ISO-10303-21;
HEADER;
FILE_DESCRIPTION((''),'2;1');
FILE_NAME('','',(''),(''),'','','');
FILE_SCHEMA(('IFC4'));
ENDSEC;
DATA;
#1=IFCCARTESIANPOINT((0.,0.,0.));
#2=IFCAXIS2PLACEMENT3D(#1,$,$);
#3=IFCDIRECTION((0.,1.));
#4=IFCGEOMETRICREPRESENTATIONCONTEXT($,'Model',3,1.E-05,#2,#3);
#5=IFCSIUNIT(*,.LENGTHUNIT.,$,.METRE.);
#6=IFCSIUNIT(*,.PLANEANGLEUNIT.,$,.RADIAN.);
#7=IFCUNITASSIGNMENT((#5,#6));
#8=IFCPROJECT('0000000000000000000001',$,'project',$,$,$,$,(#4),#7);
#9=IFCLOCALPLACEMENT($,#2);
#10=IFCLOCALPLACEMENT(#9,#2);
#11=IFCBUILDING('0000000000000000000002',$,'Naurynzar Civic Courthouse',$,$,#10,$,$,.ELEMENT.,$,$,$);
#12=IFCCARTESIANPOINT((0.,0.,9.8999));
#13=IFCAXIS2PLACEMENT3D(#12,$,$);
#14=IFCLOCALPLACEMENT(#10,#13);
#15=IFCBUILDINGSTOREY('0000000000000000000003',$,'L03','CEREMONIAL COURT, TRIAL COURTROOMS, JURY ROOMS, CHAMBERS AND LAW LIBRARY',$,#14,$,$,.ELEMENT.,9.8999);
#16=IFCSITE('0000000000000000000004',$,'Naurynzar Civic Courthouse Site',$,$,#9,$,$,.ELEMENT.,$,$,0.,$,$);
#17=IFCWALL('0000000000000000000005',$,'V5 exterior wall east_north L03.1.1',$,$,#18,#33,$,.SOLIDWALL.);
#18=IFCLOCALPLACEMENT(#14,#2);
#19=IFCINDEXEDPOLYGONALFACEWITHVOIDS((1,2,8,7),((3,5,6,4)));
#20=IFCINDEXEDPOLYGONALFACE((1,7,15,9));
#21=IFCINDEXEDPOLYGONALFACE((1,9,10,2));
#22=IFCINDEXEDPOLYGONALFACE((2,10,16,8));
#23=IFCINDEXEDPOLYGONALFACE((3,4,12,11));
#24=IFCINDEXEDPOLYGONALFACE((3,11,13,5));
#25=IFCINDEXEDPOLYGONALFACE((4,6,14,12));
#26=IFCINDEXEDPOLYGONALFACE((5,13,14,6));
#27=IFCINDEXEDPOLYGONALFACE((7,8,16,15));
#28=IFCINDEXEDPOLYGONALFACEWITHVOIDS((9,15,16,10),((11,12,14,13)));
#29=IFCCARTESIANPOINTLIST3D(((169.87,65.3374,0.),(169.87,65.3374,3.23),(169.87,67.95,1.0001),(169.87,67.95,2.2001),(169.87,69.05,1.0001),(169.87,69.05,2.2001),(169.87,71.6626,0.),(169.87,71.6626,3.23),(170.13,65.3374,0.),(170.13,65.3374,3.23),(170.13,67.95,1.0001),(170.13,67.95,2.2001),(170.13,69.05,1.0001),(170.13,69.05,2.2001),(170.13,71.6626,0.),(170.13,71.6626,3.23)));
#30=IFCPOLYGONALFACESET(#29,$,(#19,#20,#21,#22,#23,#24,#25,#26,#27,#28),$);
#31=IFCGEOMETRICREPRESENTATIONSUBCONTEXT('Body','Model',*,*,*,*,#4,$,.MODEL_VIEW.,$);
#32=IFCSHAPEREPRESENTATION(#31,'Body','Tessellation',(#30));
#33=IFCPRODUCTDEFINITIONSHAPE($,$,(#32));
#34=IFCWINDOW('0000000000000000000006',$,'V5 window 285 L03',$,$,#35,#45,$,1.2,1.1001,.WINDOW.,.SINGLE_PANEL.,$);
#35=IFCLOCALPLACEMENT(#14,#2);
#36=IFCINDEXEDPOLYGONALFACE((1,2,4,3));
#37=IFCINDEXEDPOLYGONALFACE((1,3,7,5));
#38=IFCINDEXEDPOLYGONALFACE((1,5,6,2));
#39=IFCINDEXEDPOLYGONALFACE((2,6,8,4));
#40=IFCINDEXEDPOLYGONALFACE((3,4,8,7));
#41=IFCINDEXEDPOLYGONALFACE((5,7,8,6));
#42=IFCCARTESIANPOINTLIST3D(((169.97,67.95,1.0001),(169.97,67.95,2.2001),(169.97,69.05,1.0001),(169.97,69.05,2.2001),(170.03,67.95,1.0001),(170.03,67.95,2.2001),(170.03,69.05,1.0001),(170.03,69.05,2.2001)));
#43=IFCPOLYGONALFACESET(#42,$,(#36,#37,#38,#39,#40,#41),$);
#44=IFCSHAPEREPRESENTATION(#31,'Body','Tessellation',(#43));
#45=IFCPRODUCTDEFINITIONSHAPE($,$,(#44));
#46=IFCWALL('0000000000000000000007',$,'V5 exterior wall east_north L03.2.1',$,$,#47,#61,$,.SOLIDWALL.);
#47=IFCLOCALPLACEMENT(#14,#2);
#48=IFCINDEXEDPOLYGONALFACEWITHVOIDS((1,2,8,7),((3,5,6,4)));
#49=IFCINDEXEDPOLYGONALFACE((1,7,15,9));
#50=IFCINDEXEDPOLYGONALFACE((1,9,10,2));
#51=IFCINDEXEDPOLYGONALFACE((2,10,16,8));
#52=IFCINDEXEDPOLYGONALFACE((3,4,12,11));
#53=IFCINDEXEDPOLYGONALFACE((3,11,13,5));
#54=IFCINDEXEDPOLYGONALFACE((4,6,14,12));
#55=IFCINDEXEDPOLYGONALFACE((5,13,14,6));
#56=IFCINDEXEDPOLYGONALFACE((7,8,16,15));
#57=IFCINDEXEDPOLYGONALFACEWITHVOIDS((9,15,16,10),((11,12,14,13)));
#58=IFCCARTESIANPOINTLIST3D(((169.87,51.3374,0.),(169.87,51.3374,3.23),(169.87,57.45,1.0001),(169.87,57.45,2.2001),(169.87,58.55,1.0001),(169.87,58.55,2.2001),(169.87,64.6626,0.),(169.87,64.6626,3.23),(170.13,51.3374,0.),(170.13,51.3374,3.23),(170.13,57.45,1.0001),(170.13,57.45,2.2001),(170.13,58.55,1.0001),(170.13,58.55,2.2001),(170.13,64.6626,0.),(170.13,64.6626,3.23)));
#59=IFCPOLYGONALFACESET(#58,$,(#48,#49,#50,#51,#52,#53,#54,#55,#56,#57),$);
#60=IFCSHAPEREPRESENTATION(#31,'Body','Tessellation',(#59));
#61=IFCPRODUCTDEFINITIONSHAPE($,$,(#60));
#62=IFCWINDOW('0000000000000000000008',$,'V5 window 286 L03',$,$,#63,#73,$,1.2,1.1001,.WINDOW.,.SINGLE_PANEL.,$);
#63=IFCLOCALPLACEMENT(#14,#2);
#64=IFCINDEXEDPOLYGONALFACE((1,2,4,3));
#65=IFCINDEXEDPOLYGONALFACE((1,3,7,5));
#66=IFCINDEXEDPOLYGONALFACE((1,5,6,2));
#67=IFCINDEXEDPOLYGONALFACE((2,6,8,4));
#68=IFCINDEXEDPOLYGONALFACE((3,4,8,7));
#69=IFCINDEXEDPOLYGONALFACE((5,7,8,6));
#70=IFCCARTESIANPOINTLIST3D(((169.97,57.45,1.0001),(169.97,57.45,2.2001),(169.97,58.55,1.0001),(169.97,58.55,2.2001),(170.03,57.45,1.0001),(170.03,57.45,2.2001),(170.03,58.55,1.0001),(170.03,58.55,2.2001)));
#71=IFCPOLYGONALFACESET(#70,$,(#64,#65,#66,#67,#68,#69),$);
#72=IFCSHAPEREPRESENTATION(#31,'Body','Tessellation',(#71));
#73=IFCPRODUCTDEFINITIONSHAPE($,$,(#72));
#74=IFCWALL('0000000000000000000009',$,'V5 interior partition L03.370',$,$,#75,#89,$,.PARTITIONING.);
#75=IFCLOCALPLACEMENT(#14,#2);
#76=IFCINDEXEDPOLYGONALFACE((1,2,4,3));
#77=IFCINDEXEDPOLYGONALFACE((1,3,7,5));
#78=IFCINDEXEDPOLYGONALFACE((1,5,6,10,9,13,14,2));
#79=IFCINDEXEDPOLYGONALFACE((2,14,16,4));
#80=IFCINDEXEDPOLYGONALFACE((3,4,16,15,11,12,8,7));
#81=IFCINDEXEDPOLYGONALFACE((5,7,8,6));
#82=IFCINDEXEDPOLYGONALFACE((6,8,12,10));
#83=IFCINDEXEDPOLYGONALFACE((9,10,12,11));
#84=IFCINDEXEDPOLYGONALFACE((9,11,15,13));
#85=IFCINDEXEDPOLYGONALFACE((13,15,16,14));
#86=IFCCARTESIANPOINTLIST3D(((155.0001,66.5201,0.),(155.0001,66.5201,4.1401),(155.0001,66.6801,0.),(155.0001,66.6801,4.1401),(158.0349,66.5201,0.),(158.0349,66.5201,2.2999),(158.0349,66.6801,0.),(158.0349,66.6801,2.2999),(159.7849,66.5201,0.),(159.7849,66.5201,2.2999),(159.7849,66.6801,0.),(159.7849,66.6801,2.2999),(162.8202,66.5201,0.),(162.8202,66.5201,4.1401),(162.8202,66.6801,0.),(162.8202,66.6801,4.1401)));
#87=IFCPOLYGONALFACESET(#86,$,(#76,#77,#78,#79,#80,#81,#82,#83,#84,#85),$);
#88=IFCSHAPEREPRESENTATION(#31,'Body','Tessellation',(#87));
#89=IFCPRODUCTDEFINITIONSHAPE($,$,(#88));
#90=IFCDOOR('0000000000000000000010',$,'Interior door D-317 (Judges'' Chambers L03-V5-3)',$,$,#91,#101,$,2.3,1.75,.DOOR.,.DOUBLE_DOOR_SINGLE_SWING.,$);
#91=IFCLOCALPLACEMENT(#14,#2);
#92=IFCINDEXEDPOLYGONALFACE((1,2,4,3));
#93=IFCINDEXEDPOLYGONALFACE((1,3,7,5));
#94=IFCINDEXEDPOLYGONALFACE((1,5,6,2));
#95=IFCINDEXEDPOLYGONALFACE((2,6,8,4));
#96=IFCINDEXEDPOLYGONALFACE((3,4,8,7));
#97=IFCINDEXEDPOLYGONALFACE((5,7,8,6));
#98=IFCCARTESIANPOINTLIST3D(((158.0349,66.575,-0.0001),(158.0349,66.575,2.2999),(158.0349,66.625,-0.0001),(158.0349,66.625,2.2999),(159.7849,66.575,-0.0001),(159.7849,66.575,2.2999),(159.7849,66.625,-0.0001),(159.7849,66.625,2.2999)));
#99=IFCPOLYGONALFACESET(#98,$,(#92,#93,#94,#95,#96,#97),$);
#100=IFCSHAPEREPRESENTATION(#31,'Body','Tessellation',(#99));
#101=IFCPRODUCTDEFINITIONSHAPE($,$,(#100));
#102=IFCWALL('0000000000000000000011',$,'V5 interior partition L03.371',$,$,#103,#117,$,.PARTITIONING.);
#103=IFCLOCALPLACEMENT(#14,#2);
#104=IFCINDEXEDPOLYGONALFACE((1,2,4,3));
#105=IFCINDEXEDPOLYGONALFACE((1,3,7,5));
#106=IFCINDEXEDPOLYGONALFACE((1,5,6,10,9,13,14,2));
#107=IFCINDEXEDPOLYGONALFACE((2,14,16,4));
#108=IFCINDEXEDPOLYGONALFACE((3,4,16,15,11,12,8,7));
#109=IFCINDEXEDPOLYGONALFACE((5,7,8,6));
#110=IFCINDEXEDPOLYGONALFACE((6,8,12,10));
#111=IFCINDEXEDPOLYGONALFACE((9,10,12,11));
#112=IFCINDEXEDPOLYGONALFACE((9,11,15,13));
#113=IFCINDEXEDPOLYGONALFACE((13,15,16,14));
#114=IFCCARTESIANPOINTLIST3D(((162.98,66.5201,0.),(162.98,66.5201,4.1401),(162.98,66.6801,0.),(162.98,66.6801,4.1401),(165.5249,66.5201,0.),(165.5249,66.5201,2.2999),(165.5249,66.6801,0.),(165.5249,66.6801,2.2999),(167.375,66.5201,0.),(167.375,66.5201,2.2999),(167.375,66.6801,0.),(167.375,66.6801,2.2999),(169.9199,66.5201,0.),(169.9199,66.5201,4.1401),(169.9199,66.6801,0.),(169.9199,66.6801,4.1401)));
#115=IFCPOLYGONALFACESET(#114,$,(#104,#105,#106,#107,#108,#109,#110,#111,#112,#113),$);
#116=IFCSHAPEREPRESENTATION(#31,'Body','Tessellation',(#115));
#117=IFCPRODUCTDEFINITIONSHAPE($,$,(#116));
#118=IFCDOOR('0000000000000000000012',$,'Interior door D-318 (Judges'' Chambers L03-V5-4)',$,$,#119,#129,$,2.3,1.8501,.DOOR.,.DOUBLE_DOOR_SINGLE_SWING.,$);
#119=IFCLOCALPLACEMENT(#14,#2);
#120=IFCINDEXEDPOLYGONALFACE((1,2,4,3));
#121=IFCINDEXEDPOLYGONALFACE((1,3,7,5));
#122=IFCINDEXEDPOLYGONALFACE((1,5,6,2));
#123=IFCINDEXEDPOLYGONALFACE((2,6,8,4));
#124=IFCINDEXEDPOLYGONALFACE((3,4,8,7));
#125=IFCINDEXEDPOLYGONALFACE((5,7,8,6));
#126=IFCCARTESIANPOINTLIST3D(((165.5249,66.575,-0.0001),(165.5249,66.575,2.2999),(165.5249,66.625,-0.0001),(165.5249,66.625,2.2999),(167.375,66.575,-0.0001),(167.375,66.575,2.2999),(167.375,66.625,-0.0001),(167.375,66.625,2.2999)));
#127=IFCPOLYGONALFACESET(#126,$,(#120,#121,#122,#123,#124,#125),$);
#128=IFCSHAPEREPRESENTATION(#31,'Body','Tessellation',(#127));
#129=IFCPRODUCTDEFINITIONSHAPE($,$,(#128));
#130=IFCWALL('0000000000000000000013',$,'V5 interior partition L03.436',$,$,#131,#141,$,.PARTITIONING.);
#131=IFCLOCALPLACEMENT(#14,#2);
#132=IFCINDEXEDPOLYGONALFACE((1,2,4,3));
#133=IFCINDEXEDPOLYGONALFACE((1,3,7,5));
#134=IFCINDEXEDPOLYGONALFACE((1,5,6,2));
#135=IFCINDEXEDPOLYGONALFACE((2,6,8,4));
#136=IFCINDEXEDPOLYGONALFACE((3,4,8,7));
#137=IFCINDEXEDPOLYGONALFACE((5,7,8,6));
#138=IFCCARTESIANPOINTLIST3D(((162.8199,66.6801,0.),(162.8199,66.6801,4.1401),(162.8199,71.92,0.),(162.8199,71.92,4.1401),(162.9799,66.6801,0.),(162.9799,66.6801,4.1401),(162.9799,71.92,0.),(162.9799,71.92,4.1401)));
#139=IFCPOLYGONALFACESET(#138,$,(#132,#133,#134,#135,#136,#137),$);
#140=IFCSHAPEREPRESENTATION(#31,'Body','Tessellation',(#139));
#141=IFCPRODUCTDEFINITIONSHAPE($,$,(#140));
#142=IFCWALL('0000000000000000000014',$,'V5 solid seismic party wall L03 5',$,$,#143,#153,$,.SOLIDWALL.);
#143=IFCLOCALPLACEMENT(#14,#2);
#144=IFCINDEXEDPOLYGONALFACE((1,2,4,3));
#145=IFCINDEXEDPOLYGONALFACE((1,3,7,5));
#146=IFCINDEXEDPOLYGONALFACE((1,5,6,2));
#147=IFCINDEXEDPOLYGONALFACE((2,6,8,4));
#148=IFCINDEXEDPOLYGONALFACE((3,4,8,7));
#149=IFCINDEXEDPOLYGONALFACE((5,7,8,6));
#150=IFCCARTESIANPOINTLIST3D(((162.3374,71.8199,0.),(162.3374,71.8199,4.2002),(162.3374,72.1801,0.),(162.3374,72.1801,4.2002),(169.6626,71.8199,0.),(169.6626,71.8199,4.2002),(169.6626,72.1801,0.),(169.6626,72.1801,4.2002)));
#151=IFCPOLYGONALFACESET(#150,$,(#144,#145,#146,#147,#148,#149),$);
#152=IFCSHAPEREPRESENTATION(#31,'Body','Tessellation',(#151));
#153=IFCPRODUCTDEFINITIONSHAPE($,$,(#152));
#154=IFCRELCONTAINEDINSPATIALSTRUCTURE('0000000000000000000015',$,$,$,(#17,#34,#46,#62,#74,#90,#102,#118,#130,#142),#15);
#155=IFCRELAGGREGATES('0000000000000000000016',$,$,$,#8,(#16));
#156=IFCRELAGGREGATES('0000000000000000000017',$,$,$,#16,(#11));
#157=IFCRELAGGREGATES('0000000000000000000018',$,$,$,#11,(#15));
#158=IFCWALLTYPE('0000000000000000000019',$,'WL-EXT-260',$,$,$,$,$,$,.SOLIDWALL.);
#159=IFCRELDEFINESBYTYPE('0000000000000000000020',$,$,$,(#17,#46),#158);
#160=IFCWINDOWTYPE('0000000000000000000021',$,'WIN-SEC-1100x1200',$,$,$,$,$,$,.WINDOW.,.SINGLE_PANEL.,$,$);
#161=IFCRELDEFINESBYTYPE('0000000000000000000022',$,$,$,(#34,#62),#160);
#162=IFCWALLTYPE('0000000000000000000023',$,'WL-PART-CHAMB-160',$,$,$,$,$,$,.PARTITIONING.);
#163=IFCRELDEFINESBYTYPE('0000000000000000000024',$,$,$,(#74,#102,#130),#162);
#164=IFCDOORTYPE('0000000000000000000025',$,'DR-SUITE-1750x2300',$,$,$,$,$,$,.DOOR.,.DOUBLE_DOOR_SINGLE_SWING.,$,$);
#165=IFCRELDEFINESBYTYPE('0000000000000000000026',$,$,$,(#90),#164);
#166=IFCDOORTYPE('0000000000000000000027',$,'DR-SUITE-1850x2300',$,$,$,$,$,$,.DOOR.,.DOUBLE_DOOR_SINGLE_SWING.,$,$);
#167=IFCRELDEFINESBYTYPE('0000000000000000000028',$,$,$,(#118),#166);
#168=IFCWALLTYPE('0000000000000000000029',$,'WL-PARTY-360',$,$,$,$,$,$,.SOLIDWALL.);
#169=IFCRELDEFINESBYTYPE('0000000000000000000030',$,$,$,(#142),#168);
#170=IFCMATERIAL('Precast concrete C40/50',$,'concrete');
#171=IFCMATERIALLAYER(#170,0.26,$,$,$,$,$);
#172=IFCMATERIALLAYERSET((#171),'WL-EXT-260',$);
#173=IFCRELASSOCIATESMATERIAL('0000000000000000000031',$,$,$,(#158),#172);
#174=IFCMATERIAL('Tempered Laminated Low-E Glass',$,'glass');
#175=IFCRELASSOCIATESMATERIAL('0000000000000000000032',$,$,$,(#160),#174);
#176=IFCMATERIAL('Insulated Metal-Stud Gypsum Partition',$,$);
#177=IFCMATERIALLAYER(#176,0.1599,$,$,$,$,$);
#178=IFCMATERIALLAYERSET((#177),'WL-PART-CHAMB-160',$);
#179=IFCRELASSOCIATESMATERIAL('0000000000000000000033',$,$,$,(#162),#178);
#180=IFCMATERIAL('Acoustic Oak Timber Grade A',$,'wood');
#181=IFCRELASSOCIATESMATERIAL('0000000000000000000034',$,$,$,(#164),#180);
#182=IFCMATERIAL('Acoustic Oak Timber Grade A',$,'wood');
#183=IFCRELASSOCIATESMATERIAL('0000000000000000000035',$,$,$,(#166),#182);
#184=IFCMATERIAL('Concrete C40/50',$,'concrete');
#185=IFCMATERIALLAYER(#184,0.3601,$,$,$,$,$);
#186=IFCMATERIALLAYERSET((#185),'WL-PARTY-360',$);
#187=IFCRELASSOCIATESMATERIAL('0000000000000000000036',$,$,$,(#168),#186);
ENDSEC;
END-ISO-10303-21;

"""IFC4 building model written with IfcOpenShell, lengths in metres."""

from ifc_helpers import new_model, si_unit, direction, frame, frame_2d, origin, place, context, subcontext, project, spatial, rectangle, extrude, material, layer, layer_set, type_object, element, fill, save


model = new_model("IFC4")

# Units and contexts
model_context = context("Model", 3, precision=1e-05, world=origin(), true_north=direction((0.0, 1.0)))
body_context = subcontext(model_context, "Body", "Model", "MODEL_VIEW")
ifc_project = project(units=[si_unit("LENGTHUNIT", "METRE"), si_unit("PLANEANGLEUNIT", "RADIAN")], contexts=[model_context])

# Site, building, storey
site_placement = place(None, origin())
site = spatial("IfcSite", under=ifc_project, at=site_placement, Name="Naurynzar Civic Courthouse Site", CompositionType="ELEMENT", RefElevation=0.0)
building_placement = place(site_placement, origin())
building = spatial("IfcBuilding", under=site, at=building_placement, Name="Naurynzar Civic Courthouse", CompositionType="ELEMENT")
storey_placement = place(building_placement, frame((0.0, 0.0, 9.8999)))
storey = spatial("IfcBuildingStorey", under=building, at=storey_placement, Name="L03", Description="CEREMONIAL COURT, TRIAL COURTROOMS, JURY ROOMS, CHAMBERS AND LAW LIBRARY", CompositionType="ELEMENT", Elevation=9.8999)

# Walls, openings, windows
ifc_material_1 = material(Name="Precast concrete C40/50", Category="concrete")
ifc_layer_1 = layer(ifc_material_1, 0.26)
ifc_layer_set_1 = layer_set([ifc_layer_1], Name="WL-EXT-260")
wall_type_1 = type_object("IfcWallType", Name="WL-EXT-260", PredefinedType="SOLIDWALL", material=ifc_layer_set_1)
wall_1_placement = place(storey_placement, frame((170.0, 71.6626, 0.0), z_axis=(0.0, 0.0, 1.0), x_axis=(0.0, -1.0, 0.0)))
wall_1 = element("IfcWall", 1, at=wall_1_placement, inside=storey, type_object=wall_type_1, Name="V5 exterior wall east_north L03.1.1", PredefinedType="SOLIDWALL", context=body_context, shape_type="SweptSolid", body=[
    extrude(rectangle(XDim=6.3252, YDim=0.26, at=frame_2d((3.1626, 0.0))), origin(), (0.0, 0.0, 1.0), 3.23),
])
opening_1_placement = place(wall_1_placement, frame((2.6125, 0.0, 1.0)))
opening_1 = element("IfcOpeningElement", 2, at=opening_1_placement, cuts=wall_1, PredefinedType="OPENING", context=body_context, shape_type="SweptSolid", body=[
    extrude(rectangle(XDim=1.1001, YDim=1.2, at=frame_2d((0.55, 0.6001))), frame((0.0, 0.1399, 0.0), z_axis=(0.0, -1.0, 0.0), x_axis=(1.0, 0.0, 0.0)), (0.0, 0.0, 1.0), 0.28),
])
ifc_material_2 = material(Name="Tempered Laminated Low-E Glass", Category="glass")
window_type = type_object("IfcWindowType", Name="WIN-SEC-1100x1200", PartitioningType="SINGLE_PANEL", PredefinedType="WINDOW", material=ifc_material_2)
window_1_placement = place(opening_1_placement, origin())
window_1 = element("IfcWindow", 3, at=window_1_placement, inside=storey, type_object=window_type, Name="V5 window 285 L03", OverallHeight=1.2, OverallWidth=1.1001, PartitioningType="SINGLE_PANEL", PredefinedType="WINDOW", context=body_context, shape_type="SweptSolid", body=[
    extrude(rectangle(XDim=1.1001, YDim=1.2, at=frame_2d((0.55, 0.6001))), frame((0.0, 0.03, 0.0), z_axis=(0.0, -1.0, 0.0), x_axis=(1.0, 0.0, 0.0)), (0.0, 0.0, 1.0), 0.0601),
])
fill(opening_1, window_1)
wall_2_placement = place(storey_placement, frame((170.0, 64.6626, 0.0), z_axis=(0.0, 0.0, 1.0), x_axis=(0.0, -1.0, 0.0)))
wall_2 = element("IfcWall", 4, at=wall_2_placement, inside=storey, type_object=wall_type_1, Name="V5 exterior wall east_north L03.2.1", PredefinedType="SOLIDWALL", context=body_context, shape_type="SweptSolid", body=[
    extrude(rectangle(XDim=13.3252, YDim=0.26, at=frame_2d((6.6626, 0.0))), origin(), (0.0, 0.0, 1.0), 3.23),
])
opening_2_placement = place(wall_2_placement, frame((6.1125, 0.0, 1.0)))
opening_2 = element("IfcOpeningElement", 5, at=opening_2_placement, cuts=wall_2, PredefinedType="OPENING", context=body_context, shape_type="SweptSolid", body=[
    extrude(rectangle(XDim=1.1001, YDim=1.2, at=frame_2d((0.55, 0.6001))), frame((0.0, 0.1399, 0.0), z_axis=(0.0, -1.0, 0.0), x_axis=(1.0, 0.0, 0.0)), (0.0, 0.0, 1.0), 0.28),
])
window_2_placement = place(opening_2_placement, origin())
window_2 = element("IfcWindow", 6, at=window_2_placement, inside=storey, type_object=window_type, Name="V5 window 286 L03", OverallHeight=1.2, OverallWidth=1.1001, PartitioningType="SINGLE_PANEL", PredefinedType="WINDOW", context=body_context, shape_type="SweptSolid", body=[
    extrude(rectangle(XDim=1.1001, YDim=1.2, at=frame_2d((0.55, 0.6001))), frame((0.0, 0.03, 0.0), z_axis=(0.0, -1.0, 0.0), x_axis=(1.0, 0.0, 0.0)), (0.0, 0.0, 1.0), 0.0601),
])
fill(opening_2, window_2)

# Walls, openings, doors
ifc_material_3 = material(Name="Insulated Metal-Stud Gypsum Partition")
ifc_layer_2 = layer(ifc_material_3, 0.1599)
ifc_layer_set_2 = layer_set([ifc_layer_2], Name="WL-PART-CHAMB-160")
wall_type_2 = type_object("IfcWallType", Name="WL-PART-CHAMB-160", PredefinedType="PARTITIONING", material=ifc_layer_set_2)
wall_3_placement = place(storey_placement, frame((155.0, 66.6001, 0.0), z_axis=(0.0, 0.0, 1.0), x_axis=(1.0, 0.0, 0.0)))
wall_3 = element("IfcWall", 7, at=wall_3_placement, inside=storey, type_object=wall_type_2, Name="V5 interior partition L03.370", PredefinedType="PARTITIONING", context=body_context, shape_type="SweptSolid", body=[
    extrude(rectangle(XDim=7.8201, YDim=0.1599, at=frame_2d((3.9102, 0.0))), origin(), (0.0, 0.0, 1.0), 4.1401),
])
opening_3_placement = place(wall_3_placement, frame((3.0349, 0.0, 0.0)))
opening_3 = element("IfcOpeningElement", 8, at=opening_3_placement, cuts=wall_3, PredefinedType="OPENING", context=body_context, shape_type="SweptSolid", body=[
    extrude(rectangle(XDim=1.75, YDim=2.3, at=frame_2d((0.875, 1.1499))), frame((0.0, 0.0898, 0.0), z_axis=(0.0, -1.0, 0.0), x_axis=(1.0, 0.0, 0.0)), (0.0, 0.0, 1.0), 0.1799),
])
ifc_material_4 = material(Name="Acoustic Oak Timber Grade A", Category="wood")
door_type_1 = type_object("IfcDoorType", Name="DR-SUITE-1750x2300", OperationType="DOUBLE_DOOR_SINGLE_SWING", PredefinedType="DOOR", material=ifc_material_4)
door_1_placement = place(opening_3_placement, origin())
door_1 = element("IfcDoor", 9, at=door_1_placement, inside=storey, type_object=door_type_1, Name="Interior door D-317 (Judges' Chambers L03-V5-3)", OperationType="DOUBLE_DOOR_SINGLE_SWING", OverallHeight=2.3, OverallWidth=1.75, PredefinedType="DOOR", context=body_context, shape_type="SweptSolid", body=[
    extrude(rectangle(XDim=1.75, YDim=2.3, at=frame_2d((0.875, 1.1499))), frame((0.0, 0.0249, 0.0), z_axis=(0.0, -1.0, 0.0), x_axis=(1.0, 0.0, 0.0)), (0.0, 0.0, 1.0), 0.05),
])
fill(opening_3, door_1)
wall_4_placement = place(storey_placement, frame((162.98, 66.6001, 0.0), z_axis=(0.0, 0.0, 1.0), x_axis=(1.0, 0.0, 0.0)))
wall_4 = element("IfcWall", 10, at=wall_4_placement, inside=storey, type_object=wall_type_2, Name="V5 interior partition L03.371", PredefinedType="PARTITIONING", context=body_context, shape_type="SweptSolid", body=[
    extrude(rectangle(XDim=6.9399, YDim=0.1599, at=frame_2d((3.47, 0.0))), origin(), (0.0, 0.0, 1.0), 4.1401),
])
opening_4_placement = place(wall_4_placement, frame((2.5449, 0.0, 0.0)))
opening_4 = element("IfcOpeningElement", 11, at=opening_4_placement, cuts=wall_4, PredefinedType="OPENING", context=body_context, shape_type="SweptSolid", body=[
    extrude(rectangle(XDim=1.8501, YDim=2.3, at=frame_2d((0.925, 1.1499))), frame((0.0, 0.0898, 0.0), z_axis=(0.0, -1.0, 0.0), x_axis=(1.0, 0.0, 0.0)), (0.0, 0.0, 1.0), 0.1799),
])
ifc_material_5 = material(Name="Acoustic Oak Timber Grade A", Category="wood")
door_type_2 = type_object("IfcDoorType", Name="DR-SUITE-1850x2300", OperationType="DOUBLE_DOOR_SINGLE_SWING", PredefinedType="DOOR", material=ifc_material_5)
door_2_placement = place(opening_4_placement, origin())
door_2 = element("IfcDoor", 12, at=door_2_placement, inside=storey, type_object=door_type_2, Name="Interior door D-318 (Judges' Chambers L03-V5-4)", OperationType="DOUBLE_DOOR_SINGLE_SWING", OverallHeight=2.3, OverallWidth=1.8501, PredefinedType="DOOR", context=body_context, shape_type="SweptSolid", body=[
    extrude(rectangle(XDim=1.8501, YDim=2.3, at=frame_2d((0.925, 1.1499))), frame((0.0, 0.0249, 0.0), z_axis=(0.0, -1.0, 0.0), x_axis=(1.0, 0.0, 0.0)), (0.0, 0.0, 1.0), 0.05),
])
fill(opening_4, door_2)

# Walls
wall_5_placement = place(storey_placement, frame((162.8999, 66.6799, 0.0), z_axis=(0.0, 0.0, 1.0), x_axis=(0.0, 1.0, 0.0)))
element("IfcWall", 13, at=wall_5_placement, inside=storey, type_object=wall_type_2, Name="V5 interior partition L03.436", PredefinedType="PARTITIONING", context=body_context, shape_type="SweptSolid", body=[
    extrude(rectangle(XDim=5.24, YDim=0.1599, at=frame_2d((2.6201, 0.0))), origin(), (0.0, 0.0, 1.0), 4.1401),
])
ifc_material_6 = material(Name="Concrete C40/50", Category="concrete")
ifc_layer_3 = layer(ifc_material_6, 0.3601)
ifc_layer_set_3 = layer_set([ifc_layer_3], Name="WL-PARTY-360")
wall_type_3 = type_object("IfcWallType", Name="WL-PARTY-360", PredefinedType="SOLIDWALL", material=ifc_layer_set_3)
wall_6_placement = place(storey_placement, frame((162.3374, 72.0, 0.0), z_axis=(0.0, 0.0, 1.0), x_axis=(1.0, 0.0, 0.0)))
element("IfcWall", 14, at=wall_6_placement, inside=storey, type_object=wall_type_3, Name="V5 solid seismic party wall L03 5", PredefinedType="SOLIDWALL", context=body_context, shape_type="SweptSolid", body=[
    extrude(rectangle(XDim=7.3252, YDim=0.3601, at=frame_2d((3.6626, 0.0))), origin(), (0.0, 0.0, 1.0), 4.2002),
])

save(model, "model.ifc")
